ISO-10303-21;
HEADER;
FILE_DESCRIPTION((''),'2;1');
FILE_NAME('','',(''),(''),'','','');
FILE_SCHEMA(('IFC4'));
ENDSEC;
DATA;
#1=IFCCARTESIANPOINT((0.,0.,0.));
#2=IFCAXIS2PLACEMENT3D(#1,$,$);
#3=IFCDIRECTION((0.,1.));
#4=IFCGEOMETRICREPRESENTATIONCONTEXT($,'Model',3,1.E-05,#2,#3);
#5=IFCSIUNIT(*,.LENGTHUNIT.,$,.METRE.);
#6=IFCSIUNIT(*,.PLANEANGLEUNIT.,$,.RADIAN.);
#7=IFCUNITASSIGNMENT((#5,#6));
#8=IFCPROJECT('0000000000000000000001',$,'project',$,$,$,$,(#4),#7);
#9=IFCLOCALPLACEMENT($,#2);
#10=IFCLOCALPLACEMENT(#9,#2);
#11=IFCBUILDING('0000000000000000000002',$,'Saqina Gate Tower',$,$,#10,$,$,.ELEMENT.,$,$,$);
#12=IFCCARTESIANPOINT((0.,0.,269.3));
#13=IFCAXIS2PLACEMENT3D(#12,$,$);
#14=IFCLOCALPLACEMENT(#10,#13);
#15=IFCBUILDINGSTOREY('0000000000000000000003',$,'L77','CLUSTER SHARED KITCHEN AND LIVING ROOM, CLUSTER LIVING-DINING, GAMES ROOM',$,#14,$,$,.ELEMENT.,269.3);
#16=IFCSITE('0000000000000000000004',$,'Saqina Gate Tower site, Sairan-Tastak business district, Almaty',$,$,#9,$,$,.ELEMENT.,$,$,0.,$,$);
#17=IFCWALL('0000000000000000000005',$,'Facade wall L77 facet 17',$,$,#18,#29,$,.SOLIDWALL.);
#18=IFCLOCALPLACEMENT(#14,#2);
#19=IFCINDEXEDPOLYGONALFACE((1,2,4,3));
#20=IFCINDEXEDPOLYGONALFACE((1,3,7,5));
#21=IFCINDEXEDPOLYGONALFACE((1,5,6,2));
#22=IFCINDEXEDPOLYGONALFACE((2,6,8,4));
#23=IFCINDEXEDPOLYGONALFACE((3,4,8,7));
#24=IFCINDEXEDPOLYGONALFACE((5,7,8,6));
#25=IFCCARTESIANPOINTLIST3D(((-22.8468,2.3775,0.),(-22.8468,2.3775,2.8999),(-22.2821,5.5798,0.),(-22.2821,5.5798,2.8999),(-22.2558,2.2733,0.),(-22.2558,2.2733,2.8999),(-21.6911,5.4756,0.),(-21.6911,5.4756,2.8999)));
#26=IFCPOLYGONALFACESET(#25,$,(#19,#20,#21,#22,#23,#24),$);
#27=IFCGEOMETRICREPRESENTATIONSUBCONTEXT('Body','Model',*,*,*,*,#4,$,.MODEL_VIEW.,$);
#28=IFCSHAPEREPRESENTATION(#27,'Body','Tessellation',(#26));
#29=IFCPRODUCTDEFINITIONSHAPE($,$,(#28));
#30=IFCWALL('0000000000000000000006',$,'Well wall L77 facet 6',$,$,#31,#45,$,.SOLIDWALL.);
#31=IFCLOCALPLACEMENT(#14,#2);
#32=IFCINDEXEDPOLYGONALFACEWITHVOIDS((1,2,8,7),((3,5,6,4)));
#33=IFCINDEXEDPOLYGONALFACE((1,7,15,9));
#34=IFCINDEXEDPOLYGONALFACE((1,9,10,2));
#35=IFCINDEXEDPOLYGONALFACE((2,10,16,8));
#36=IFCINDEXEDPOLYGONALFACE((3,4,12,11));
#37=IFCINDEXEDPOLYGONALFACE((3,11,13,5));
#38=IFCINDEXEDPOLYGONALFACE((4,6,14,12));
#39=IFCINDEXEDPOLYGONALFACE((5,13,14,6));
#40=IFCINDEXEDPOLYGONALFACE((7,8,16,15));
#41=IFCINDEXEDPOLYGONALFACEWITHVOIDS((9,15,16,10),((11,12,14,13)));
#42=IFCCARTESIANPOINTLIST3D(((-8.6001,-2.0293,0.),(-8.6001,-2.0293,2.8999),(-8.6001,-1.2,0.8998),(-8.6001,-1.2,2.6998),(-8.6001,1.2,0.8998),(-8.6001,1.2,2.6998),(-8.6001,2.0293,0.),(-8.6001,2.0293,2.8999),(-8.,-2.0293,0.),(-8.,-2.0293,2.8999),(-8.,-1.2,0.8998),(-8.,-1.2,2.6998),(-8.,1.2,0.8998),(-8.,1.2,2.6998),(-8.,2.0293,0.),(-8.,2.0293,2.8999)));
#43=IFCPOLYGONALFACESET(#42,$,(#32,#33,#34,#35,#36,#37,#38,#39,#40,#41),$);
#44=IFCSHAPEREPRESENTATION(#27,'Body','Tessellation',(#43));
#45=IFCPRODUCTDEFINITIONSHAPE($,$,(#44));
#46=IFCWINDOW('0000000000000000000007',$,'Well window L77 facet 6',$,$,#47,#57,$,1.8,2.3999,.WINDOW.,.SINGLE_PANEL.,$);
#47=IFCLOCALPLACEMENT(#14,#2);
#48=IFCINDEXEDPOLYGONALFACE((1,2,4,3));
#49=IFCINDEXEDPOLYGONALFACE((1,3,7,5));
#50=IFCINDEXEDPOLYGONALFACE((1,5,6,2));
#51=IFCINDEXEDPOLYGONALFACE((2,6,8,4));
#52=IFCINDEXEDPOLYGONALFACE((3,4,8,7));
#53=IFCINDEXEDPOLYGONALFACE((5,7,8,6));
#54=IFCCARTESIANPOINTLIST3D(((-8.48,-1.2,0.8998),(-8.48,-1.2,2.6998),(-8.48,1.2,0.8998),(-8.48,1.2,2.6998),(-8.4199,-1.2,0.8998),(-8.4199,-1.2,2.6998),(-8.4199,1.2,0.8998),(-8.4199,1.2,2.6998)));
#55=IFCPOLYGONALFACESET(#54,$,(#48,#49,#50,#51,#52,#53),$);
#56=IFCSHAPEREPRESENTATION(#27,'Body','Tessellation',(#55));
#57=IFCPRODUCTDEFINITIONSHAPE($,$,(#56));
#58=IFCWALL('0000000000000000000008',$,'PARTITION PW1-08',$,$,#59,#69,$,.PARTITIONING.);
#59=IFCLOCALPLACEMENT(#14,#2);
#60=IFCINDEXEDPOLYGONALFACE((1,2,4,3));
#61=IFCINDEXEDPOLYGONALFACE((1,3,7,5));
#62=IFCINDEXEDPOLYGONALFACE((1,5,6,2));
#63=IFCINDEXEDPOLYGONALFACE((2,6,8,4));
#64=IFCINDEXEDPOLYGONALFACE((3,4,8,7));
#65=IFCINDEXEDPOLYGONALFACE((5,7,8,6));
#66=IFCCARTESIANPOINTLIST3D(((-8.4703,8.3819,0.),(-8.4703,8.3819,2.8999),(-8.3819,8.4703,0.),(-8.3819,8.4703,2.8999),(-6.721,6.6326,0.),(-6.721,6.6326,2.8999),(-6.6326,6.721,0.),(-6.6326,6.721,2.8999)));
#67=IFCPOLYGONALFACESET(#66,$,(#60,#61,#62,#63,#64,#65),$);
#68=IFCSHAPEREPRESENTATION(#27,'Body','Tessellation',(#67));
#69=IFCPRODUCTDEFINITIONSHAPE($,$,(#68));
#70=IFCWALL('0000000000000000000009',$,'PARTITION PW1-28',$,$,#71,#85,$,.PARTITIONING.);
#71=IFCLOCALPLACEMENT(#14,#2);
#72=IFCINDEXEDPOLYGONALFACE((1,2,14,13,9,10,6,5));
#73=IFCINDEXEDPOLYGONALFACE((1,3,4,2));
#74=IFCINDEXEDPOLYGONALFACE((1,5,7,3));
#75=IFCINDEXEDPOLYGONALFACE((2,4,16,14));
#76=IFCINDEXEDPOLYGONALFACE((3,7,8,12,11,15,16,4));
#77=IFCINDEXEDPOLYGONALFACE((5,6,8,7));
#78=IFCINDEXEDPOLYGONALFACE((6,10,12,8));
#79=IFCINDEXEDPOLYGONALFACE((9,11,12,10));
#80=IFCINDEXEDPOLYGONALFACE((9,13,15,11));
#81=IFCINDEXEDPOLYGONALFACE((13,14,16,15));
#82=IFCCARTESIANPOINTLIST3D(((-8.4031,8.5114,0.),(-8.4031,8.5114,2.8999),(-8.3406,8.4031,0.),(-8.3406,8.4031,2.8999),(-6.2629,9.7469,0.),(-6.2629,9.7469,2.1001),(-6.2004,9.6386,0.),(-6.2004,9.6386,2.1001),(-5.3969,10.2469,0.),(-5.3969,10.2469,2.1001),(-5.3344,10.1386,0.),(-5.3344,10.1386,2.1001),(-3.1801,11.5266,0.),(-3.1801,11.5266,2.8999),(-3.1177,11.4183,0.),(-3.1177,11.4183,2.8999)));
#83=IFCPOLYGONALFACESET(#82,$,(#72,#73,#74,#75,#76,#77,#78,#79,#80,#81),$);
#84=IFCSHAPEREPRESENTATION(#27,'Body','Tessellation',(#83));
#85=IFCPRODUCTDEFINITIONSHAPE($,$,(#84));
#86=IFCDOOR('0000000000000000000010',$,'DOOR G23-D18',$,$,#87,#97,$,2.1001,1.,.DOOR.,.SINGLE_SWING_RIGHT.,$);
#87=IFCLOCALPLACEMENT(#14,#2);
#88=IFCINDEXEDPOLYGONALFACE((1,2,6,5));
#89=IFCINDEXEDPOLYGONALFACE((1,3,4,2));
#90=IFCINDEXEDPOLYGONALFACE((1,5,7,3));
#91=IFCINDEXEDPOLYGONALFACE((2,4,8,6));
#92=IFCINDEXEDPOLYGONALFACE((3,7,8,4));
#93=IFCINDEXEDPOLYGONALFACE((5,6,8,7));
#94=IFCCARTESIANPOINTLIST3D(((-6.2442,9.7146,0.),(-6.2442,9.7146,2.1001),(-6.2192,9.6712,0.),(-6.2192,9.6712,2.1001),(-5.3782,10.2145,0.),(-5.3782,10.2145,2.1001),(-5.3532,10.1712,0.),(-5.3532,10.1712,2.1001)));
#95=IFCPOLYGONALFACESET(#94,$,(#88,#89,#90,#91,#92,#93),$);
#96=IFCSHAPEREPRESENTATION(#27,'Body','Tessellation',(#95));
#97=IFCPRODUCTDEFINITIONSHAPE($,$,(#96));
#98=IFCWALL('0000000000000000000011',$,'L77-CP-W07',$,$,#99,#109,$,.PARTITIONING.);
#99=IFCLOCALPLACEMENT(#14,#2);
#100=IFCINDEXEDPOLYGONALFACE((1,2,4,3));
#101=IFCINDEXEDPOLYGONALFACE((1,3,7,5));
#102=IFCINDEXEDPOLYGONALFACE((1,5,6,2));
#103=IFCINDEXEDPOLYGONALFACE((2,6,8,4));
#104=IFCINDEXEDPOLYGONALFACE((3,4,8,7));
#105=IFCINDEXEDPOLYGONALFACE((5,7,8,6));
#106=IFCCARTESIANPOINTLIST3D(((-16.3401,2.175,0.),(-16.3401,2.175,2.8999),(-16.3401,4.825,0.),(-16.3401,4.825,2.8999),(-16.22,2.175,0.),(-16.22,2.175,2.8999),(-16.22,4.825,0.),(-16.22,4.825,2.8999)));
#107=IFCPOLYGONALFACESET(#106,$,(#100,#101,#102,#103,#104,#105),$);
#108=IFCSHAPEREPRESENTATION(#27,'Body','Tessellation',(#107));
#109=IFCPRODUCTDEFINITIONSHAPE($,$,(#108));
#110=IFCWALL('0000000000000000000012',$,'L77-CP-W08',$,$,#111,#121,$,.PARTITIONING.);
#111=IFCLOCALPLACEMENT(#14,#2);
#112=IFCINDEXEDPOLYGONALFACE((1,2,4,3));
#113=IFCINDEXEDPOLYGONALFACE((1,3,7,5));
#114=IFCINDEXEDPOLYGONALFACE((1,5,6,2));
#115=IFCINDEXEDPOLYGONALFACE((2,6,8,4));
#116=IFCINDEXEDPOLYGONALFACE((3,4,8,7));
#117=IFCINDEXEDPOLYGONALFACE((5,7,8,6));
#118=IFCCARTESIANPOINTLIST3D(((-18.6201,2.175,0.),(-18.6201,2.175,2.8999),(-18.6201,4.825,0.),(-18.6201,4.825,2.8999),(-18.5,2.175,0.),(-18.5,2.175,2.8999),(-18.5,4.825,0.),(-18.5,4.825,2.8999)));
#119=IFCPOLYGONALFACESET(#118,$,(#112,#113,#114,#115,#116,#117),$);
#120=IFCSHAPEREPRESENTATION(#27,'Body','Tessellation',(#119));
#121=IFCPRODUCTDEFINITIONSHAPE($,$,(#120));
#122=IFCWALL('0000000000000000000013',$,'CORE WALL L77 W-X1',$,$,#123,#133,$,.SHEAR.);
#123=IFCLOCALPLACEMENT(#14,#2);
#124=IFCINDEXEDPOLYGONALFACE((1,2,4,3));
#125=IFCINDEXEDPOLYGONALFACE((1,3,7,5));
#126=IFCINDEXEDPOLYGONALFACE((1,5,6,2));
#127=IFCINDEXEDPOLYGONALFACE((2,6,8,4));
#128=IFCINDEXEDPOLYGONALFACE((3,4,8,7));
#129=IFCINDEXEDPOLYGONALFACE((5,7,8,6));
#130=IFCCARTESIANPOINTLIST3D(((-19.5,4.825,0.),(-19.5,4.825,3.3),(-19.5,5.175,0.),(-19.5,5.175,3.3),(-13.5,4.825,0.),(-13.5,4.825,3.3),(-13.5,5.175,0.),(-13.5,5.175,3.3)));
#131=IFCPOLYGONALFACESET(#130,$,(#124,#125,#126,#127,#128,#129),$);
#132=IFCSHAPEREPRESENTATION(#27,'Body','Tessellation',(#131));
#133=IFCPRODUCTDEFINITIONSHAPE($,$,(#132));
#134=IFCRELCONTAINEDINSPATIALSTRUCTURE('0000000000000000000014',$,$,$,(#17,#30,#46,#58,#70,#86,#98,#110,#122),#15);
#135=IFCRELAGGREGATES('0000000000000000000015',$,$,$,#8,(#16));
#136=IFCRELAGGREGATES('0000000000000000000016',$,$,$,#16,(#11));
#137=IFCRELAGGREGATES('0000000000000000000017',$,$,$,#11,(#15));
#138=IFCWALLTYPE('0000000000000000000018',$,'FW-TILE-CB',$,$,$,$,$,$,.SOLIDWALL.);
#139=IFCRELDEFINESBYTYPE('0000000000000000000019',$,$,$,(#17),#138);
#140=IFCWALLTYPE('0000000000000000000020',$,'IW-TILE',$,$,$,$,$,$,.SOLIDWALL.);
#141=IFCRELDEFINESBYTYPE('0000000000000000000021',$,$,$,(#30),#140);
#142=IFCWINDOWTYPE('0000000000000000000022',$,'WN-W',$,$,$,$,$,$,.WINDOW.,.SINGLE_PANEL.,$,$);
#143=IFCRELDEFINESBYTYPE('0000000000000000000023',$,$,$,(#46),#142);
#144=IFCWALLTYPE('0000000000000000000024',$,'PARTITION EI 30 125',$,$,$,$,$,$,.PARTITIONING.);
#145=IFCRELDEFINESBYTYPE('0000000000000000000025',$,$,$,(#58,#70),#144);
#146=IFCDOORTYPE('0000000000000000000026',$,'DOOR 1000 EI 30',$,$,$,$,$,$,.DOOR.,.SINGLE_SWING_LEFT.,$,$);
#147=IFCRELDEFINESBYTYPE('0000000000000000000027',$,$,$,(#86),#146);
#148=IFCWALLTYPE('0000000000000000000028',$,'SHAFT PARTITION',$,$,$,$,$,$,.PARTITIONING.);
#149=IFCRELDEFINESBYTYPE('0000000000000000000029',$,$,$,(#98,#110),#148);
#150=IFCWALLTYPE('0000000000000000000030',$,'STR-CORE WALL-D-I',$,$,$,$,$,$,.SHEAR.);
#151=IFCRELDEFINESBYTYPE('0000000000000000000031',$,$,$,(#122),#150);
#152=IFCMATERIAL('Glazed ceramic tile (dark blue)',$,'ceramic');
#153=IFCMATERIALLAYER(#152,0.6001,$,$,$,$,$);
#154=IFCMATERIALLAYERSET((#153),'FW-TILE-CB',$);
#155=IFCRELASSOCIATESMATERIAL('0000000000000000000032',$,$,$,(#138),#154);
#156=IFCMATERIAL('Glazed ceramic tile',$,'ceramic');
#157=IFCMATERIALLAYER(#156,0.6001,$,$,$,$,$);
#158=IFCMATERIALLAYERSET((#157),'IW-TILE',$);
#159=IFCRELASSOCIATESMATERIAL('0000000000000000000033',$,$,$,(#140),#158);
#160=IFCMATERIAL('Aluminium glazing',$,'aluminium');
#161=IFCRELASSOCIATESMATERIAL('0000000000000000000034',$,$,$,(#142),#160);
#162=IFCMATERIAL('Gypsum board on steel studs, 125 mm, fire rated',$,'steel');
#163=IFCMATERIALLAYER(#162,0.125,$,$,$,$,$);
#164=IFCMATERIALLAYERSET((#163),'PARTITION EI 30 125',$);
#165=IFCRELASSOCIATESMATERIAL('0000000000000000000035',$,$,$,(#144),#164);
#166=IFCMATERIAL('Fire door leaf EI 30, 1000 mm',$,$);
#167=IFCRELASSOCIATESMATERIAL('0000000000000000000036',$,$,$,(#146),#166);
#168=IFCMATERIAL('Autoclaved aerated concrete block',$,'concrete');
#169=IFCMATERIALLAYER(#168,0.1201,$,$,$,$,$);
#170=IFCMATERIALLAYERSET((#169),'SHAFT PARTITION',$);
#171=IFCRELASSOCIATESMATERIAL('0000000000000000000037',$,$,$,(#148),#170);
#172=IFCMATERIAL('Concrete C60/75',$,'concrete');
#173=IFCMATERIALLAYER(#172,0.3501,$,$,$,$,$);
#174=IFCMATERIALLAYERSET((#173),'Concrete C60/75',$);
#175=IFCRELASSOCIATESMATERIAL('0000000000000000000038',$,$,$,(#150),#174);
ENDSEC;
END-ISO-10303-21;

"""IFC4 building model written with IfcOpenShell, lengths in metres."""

from ifc_helpers import new_model, si_unit, direction, frame, frame_2d, origin, place, context, subcontext, project, spatial, rectangle, extrude, material, layer, layer_set, type_object, element, fill, save


model = new_model("IFC4")

# Units and contexts
model_context = context("Model", 3, precision=1e-05, world=origin(), true_north=direction((0.0, 1.0)))
body_context = subcontext(model_context, "Body", "Model", "MODEL_VIEW")
ifc_project = project(units=[si_unit("LENGTHUNIT", "METRE"), si_unit("PLANEANGLEUNIT", "RADIAN")], contexts=[model_context])

# Site, building, storey
site_placement = place(None, origin())
site = spatial("IfcSite", under=ifc_project, at=site_placement, Name="Saqina Gate Tower site, Sairan-Tastak business district, Almaty", CompositionType="ELEMENT", RefElevation=0.0)
building_placement = place(site_placement, origin())
building = spatial("IfcBuilding", under=site, at=building_placement, Name="Saqina Gate Tower", CompositionType="ELEMENT")
storey_placement = place(building_placement, frame((0.0, 0.0, 269.3)))
storey = spatial("IfcBuildingStorey", under=building, at=storey_placement, Name="L77", Description="CLUSTER SHARED KITCHEN AND LIVING ROOM, CLUSTER LIVING-DINING, GAMES ROOM", CompositionType="ELEMENT", Elevation=269.3)

# Wall
ifc_material_1 = material(Name="Glazed ceramic tile (dark blue)", Category="ceramic")
ifc_layer_1 = layer(ifc_material_1, 0.6001)
ifc_layer_set_1 = layer_set([ifc_layer_1], Name="FW-TILE-CB")
wall_type_1 = type_object("IfcWallType", Name="FW-TILE-CB", PredefinedType="SOLIDWALL", material=ifc_layer_set_1)
wall_1_placement = place(storey_placement, frame((-21.9866, 5.5278, 0.0), z_axis=(0.0, 0.0, 1.0), x_axis=(-0.173657, -0.984806, 0.0)))
element("IfcWall", 1, at=wall_1_placement, inside=storey, type_object=wall_type_1, Name="Facade wall L77 facet 17", PredefinedType="SOLIDWALL", context=body_context, shape_type="SweptSolid", body=[
    extrude(rectangle(XDim=3.2517, YDim=0.6001, at=frame_2d((1.626, 0.0))), origin(), (0.0, 0.0, 1.0), 2.8999),
])

# Wall, opening, window
ifc_material_2 = material(Name="Glazed ceramic tile", Category="ceramic")
ifc_layer_2 = layer(ifc_material_2, 0.6001)
ifc_layer_set_2 = layer_set([ifc_layer_2], Name="IW-TILE")
wall_type_2 = type_object("IfcWallType", Name="IW-TILE", PredefinedType="SOLIDWALL", material=ifc_layer_set_2)
wall_2_placement = place(storey_placement, frame((-8.3, 2.0293, 0.0), z_axis=(0.0, 0.0, 1.0), x_axis=(0.0, -1.0, 0.0)))
wall_2 = element("IfcWall", 2, at=wall_2_placement, inside=storey, type_object=wall_type_2, Name="Well wall L77 facet 6", PredefinedType="SOLIDWALL", context=body_context, shape_type="SweptSolid", body=[
    extrude(rectangle(XDim=4.0586, YDim=0.6001, at=frame_2d((2.0293, 0.0))), origin(), (0.0, 0.0, 1.0), 2.8999),
])
opening_1_placement = place(wall_2_placement, frame((0.8293, 0.0, 0.8999)))
opening_1 = element("IfcOpeningElement", 3, at=opening_1_placement, cuts=wall_2, PredefinedType="OPENING", context=body_context, shape_type="SweptSolid", body=[
    extrude(rectangle(XDim=2.3999, YDim=1.8, at=frame_2d((1.2, 0.8999))), frame((0.0, 0.312, 0.0), z_axis=(0.0, -1.0, 0.0), x_axis=(1.0, 0.0, 0.0)), (0.0, 0.0, 1.0), 0.624),
])
ifc_material_3 = material(Name="Aluminium glazing", Category="aluminium")
window_type = type_object("IfcWindowType", Name="WN-W", PartitioningType="SINGLE_PANEL", PredefinedType="WINDOW", material=ifc_material_3)
window_placement = place(opening_1_placement, origin())
window = element("IfcWindow", 4, at=window_placement, inside=storey, type_object=window_type, Name="Well window L77 facet 6", OverallHeight=1.8, OverallWidth=2.3999, PartitioningType="SINGLE_PANEL", PredefinedType="WINDOW", context=body_context, shape_type="SweptSolid", body=[
    extrude(rectangle(XDim=2.3999, YDim=1.8, at=frame_2d((1.2, 0.8999))), frame((0.0, -0.1199, 0.0), z_axis=(0.0, -1.0, 0.0), x_axis=(1.0, 0.0, 0.0)), (0.0, 0.0, 1.0), 0.0601),
])
fill(opening_1, window)

# Wall
ifc_material_4 = material(Name="Gypsum board on steel studs, 125 mm, fire rated", Category="steel")
ifc_layer_3 = layer(ifc_material_4, 0.125)
ifc_layer_set_3 = layer_set([ifc_layer_3], Name="PARTITION EI 30 125")
wall_type_3 = type_object("IfcWallType", Name="PARTITION EI 30 125", PredefinedType="PARTITIONING", material=ifc_layer_set_3)
wall_3_placement = place(storey_placement, frame((-8.426, 8.426, 0.0), z_axis=(0.0, 0.0, 1.0), x_axis=(0.707107, -0.707107, 0.0)))
element("IfcWall", 5, at=wall_3_placement, inside=storey, type_object=wall_type_3, Name="PARTITION PW1-08", PredefinedType="PARTITIONING", context=body_context, shape_type="SweptSolid", body=[
    extrude(rectangle(XDim=2.4739, YDim=0.125, at=frame_2d((1.2368, 0.0))), origin(), (0.0, 0.0, 1.0), 2.8999),
])

# Wall, opening, door
wall_4_placement = place(storey_placement, frame((-8.3718, 8.4573, 0.0), z_axis=(0.0, 0.0, 1.0), x_axis=(0.866047, 0.499962, 0.0)))
wall_4 = element("IfcWall", 6, at=wall_4_placement, inside=storey, type_object=wall_type_3, Name="PARTITION PW1-28", PredefinedType="PARTITIONING", context=body_context, shape_type="SweptSolid", body=[
    extrude(rectangle(XDim=6.0308, YDim=0.125, at=frame_2d((3.0154, 0.0))), origin(), (0.0, 0.0, 1.0), 2.8999),
])
opening_2_placement = place(wall_4_placement, frame((2.4712, 0.0, 0.0)))
opening_2 = element("IfcOpeningElement", 7, at=opening_2_placement, cuts=wall_4, PredefinedType="OPENING", context=body_context, shape_type="SweptSolid", body=[
    extrude(rectangle(XDim=1.0, YDim=2.1001, at=frame_2d((0.5, 1.05))), frame((0.0, 0.0745, 0.0), z_axis=(0.0, -1.0, 0.0), x_axis=(1.0, 0.0, 0.0)), (0.0, 0.0, 1.0), 0.1489),
])
ifc_material_5 = material(Name="Fire door leaf EI 30, 1000 mm")
door_type_1 = type_object("IfcDoorType", Name="DOOR 1000 EI 30", OperationType="SINGLE_SWING_LEFT", PredefinedType="DOOR", material=ifc_material_5)
door_1_placement = place(opening_2_placement, frame((1.0, 0.0, 0.0), z_axis=(0.0, 0.0, 1.0), x_axis=(-1.0, 0.0, 0.0)))
door_1 = element("IfcDoor", 8, at=door_1_placement, inside=storey, type_object=door_type_1, Name="DOOR G23-D18", OperationType="SINGLE_SWING_RIGHT", OverallHeight=2.1001, OverallWidth=1.0, PredefinedType="DOOR", context=body_context, shape_type="SweptSolid", body=[
    extrude(rectangle(XDim=1.0, YDim=2.1001, at=frame_2d((0.5, 1.05))), frame((0.0, 0.0249, 0.0), z_axis=(0.0, -1.0, 0.0), x_axis=(1.0, 0.0, 0.0)), (0.0, 0.0, 1.0), 0.05),
])
fill(opening_2, door_1)

# Walls
ifc_material_6 = material(Name="Autoclaved aerated concrete block", Category="concrete")
ifc_layer_4 = layer(ifc_material_6, 0.1201)
ifc_layer_set_4 = layer_set([ifc_layer_4], Name="SHAFT PARTITION")
wall_type_4 = type_object("IfcWallType", Name="SHAFT PARTITION", PredefinedType="PARTITIONING", material=ifc_layer_set_4)
for number, where, z_axis, x_axis, name in (
    (9, (-16.28, 2.175, 0.0), (0.0, 0.0, 1.0), (0.0, 1.0, 0.0), "L77-CP-W07"),
    (10, (-18.5601, 2.175, 0.0), (0.0, 0.0, 1.0), (0.0, 1.0, 0.0), "L77-CP-W08"),
):
    element("IfcWall", number, at=place(storey_placement, frame(where, z_axis=z_axis, x_axis=x_axis)), inside=storey, type_object=wall_type_4, Name=name, PredefinedType="PARTITIONING", context=body_context, shape_type="SweptSolid", body=[
        extrude(rectangle(XDim=2.6499, YDim=0.1201, at=frame_2d((1.325, 0.0))), origin(), (0.0, 0.0, 1.0), 2.8999),
    ])
ifc_material_7 = material(Name="Concrete C60/75", Category="concrete")
ifc_layer_5 = layer(ifc_material_7, 0.3501)
ifc_layer_set_5 = layer_set([ifc_layer_5], Name="Concrete C60/75")
wall_type_5 = type_object("IfcWallType", Name="STR-CORE WALL-D-I", PredefinedType="SHEAR", material=ifc_layer_set_5)
wall_5_placement = place(storey_placement, frame((-13.5, 5.0, 0.0), z_axis=(0.0, 0.0, 1.0), x_axis=(-1.0, 0.0, 0.0)))
element("IfcWall", 11, at=wall_5_placement, inside=storey, type_object=wall_type_5, Name="CORE WALL L77 W-X1", PredefinedType="SHEAR", context=body_context, shape_type="SweptSolid", body=[
    extrude(rectangle(XDim=6.0, YDim=0.3501, at=frame_2d((3.0, 0.0))), origin(), (0.0, 0.0, 1.0), 3.3),
])

save(model, "model.ifc")
